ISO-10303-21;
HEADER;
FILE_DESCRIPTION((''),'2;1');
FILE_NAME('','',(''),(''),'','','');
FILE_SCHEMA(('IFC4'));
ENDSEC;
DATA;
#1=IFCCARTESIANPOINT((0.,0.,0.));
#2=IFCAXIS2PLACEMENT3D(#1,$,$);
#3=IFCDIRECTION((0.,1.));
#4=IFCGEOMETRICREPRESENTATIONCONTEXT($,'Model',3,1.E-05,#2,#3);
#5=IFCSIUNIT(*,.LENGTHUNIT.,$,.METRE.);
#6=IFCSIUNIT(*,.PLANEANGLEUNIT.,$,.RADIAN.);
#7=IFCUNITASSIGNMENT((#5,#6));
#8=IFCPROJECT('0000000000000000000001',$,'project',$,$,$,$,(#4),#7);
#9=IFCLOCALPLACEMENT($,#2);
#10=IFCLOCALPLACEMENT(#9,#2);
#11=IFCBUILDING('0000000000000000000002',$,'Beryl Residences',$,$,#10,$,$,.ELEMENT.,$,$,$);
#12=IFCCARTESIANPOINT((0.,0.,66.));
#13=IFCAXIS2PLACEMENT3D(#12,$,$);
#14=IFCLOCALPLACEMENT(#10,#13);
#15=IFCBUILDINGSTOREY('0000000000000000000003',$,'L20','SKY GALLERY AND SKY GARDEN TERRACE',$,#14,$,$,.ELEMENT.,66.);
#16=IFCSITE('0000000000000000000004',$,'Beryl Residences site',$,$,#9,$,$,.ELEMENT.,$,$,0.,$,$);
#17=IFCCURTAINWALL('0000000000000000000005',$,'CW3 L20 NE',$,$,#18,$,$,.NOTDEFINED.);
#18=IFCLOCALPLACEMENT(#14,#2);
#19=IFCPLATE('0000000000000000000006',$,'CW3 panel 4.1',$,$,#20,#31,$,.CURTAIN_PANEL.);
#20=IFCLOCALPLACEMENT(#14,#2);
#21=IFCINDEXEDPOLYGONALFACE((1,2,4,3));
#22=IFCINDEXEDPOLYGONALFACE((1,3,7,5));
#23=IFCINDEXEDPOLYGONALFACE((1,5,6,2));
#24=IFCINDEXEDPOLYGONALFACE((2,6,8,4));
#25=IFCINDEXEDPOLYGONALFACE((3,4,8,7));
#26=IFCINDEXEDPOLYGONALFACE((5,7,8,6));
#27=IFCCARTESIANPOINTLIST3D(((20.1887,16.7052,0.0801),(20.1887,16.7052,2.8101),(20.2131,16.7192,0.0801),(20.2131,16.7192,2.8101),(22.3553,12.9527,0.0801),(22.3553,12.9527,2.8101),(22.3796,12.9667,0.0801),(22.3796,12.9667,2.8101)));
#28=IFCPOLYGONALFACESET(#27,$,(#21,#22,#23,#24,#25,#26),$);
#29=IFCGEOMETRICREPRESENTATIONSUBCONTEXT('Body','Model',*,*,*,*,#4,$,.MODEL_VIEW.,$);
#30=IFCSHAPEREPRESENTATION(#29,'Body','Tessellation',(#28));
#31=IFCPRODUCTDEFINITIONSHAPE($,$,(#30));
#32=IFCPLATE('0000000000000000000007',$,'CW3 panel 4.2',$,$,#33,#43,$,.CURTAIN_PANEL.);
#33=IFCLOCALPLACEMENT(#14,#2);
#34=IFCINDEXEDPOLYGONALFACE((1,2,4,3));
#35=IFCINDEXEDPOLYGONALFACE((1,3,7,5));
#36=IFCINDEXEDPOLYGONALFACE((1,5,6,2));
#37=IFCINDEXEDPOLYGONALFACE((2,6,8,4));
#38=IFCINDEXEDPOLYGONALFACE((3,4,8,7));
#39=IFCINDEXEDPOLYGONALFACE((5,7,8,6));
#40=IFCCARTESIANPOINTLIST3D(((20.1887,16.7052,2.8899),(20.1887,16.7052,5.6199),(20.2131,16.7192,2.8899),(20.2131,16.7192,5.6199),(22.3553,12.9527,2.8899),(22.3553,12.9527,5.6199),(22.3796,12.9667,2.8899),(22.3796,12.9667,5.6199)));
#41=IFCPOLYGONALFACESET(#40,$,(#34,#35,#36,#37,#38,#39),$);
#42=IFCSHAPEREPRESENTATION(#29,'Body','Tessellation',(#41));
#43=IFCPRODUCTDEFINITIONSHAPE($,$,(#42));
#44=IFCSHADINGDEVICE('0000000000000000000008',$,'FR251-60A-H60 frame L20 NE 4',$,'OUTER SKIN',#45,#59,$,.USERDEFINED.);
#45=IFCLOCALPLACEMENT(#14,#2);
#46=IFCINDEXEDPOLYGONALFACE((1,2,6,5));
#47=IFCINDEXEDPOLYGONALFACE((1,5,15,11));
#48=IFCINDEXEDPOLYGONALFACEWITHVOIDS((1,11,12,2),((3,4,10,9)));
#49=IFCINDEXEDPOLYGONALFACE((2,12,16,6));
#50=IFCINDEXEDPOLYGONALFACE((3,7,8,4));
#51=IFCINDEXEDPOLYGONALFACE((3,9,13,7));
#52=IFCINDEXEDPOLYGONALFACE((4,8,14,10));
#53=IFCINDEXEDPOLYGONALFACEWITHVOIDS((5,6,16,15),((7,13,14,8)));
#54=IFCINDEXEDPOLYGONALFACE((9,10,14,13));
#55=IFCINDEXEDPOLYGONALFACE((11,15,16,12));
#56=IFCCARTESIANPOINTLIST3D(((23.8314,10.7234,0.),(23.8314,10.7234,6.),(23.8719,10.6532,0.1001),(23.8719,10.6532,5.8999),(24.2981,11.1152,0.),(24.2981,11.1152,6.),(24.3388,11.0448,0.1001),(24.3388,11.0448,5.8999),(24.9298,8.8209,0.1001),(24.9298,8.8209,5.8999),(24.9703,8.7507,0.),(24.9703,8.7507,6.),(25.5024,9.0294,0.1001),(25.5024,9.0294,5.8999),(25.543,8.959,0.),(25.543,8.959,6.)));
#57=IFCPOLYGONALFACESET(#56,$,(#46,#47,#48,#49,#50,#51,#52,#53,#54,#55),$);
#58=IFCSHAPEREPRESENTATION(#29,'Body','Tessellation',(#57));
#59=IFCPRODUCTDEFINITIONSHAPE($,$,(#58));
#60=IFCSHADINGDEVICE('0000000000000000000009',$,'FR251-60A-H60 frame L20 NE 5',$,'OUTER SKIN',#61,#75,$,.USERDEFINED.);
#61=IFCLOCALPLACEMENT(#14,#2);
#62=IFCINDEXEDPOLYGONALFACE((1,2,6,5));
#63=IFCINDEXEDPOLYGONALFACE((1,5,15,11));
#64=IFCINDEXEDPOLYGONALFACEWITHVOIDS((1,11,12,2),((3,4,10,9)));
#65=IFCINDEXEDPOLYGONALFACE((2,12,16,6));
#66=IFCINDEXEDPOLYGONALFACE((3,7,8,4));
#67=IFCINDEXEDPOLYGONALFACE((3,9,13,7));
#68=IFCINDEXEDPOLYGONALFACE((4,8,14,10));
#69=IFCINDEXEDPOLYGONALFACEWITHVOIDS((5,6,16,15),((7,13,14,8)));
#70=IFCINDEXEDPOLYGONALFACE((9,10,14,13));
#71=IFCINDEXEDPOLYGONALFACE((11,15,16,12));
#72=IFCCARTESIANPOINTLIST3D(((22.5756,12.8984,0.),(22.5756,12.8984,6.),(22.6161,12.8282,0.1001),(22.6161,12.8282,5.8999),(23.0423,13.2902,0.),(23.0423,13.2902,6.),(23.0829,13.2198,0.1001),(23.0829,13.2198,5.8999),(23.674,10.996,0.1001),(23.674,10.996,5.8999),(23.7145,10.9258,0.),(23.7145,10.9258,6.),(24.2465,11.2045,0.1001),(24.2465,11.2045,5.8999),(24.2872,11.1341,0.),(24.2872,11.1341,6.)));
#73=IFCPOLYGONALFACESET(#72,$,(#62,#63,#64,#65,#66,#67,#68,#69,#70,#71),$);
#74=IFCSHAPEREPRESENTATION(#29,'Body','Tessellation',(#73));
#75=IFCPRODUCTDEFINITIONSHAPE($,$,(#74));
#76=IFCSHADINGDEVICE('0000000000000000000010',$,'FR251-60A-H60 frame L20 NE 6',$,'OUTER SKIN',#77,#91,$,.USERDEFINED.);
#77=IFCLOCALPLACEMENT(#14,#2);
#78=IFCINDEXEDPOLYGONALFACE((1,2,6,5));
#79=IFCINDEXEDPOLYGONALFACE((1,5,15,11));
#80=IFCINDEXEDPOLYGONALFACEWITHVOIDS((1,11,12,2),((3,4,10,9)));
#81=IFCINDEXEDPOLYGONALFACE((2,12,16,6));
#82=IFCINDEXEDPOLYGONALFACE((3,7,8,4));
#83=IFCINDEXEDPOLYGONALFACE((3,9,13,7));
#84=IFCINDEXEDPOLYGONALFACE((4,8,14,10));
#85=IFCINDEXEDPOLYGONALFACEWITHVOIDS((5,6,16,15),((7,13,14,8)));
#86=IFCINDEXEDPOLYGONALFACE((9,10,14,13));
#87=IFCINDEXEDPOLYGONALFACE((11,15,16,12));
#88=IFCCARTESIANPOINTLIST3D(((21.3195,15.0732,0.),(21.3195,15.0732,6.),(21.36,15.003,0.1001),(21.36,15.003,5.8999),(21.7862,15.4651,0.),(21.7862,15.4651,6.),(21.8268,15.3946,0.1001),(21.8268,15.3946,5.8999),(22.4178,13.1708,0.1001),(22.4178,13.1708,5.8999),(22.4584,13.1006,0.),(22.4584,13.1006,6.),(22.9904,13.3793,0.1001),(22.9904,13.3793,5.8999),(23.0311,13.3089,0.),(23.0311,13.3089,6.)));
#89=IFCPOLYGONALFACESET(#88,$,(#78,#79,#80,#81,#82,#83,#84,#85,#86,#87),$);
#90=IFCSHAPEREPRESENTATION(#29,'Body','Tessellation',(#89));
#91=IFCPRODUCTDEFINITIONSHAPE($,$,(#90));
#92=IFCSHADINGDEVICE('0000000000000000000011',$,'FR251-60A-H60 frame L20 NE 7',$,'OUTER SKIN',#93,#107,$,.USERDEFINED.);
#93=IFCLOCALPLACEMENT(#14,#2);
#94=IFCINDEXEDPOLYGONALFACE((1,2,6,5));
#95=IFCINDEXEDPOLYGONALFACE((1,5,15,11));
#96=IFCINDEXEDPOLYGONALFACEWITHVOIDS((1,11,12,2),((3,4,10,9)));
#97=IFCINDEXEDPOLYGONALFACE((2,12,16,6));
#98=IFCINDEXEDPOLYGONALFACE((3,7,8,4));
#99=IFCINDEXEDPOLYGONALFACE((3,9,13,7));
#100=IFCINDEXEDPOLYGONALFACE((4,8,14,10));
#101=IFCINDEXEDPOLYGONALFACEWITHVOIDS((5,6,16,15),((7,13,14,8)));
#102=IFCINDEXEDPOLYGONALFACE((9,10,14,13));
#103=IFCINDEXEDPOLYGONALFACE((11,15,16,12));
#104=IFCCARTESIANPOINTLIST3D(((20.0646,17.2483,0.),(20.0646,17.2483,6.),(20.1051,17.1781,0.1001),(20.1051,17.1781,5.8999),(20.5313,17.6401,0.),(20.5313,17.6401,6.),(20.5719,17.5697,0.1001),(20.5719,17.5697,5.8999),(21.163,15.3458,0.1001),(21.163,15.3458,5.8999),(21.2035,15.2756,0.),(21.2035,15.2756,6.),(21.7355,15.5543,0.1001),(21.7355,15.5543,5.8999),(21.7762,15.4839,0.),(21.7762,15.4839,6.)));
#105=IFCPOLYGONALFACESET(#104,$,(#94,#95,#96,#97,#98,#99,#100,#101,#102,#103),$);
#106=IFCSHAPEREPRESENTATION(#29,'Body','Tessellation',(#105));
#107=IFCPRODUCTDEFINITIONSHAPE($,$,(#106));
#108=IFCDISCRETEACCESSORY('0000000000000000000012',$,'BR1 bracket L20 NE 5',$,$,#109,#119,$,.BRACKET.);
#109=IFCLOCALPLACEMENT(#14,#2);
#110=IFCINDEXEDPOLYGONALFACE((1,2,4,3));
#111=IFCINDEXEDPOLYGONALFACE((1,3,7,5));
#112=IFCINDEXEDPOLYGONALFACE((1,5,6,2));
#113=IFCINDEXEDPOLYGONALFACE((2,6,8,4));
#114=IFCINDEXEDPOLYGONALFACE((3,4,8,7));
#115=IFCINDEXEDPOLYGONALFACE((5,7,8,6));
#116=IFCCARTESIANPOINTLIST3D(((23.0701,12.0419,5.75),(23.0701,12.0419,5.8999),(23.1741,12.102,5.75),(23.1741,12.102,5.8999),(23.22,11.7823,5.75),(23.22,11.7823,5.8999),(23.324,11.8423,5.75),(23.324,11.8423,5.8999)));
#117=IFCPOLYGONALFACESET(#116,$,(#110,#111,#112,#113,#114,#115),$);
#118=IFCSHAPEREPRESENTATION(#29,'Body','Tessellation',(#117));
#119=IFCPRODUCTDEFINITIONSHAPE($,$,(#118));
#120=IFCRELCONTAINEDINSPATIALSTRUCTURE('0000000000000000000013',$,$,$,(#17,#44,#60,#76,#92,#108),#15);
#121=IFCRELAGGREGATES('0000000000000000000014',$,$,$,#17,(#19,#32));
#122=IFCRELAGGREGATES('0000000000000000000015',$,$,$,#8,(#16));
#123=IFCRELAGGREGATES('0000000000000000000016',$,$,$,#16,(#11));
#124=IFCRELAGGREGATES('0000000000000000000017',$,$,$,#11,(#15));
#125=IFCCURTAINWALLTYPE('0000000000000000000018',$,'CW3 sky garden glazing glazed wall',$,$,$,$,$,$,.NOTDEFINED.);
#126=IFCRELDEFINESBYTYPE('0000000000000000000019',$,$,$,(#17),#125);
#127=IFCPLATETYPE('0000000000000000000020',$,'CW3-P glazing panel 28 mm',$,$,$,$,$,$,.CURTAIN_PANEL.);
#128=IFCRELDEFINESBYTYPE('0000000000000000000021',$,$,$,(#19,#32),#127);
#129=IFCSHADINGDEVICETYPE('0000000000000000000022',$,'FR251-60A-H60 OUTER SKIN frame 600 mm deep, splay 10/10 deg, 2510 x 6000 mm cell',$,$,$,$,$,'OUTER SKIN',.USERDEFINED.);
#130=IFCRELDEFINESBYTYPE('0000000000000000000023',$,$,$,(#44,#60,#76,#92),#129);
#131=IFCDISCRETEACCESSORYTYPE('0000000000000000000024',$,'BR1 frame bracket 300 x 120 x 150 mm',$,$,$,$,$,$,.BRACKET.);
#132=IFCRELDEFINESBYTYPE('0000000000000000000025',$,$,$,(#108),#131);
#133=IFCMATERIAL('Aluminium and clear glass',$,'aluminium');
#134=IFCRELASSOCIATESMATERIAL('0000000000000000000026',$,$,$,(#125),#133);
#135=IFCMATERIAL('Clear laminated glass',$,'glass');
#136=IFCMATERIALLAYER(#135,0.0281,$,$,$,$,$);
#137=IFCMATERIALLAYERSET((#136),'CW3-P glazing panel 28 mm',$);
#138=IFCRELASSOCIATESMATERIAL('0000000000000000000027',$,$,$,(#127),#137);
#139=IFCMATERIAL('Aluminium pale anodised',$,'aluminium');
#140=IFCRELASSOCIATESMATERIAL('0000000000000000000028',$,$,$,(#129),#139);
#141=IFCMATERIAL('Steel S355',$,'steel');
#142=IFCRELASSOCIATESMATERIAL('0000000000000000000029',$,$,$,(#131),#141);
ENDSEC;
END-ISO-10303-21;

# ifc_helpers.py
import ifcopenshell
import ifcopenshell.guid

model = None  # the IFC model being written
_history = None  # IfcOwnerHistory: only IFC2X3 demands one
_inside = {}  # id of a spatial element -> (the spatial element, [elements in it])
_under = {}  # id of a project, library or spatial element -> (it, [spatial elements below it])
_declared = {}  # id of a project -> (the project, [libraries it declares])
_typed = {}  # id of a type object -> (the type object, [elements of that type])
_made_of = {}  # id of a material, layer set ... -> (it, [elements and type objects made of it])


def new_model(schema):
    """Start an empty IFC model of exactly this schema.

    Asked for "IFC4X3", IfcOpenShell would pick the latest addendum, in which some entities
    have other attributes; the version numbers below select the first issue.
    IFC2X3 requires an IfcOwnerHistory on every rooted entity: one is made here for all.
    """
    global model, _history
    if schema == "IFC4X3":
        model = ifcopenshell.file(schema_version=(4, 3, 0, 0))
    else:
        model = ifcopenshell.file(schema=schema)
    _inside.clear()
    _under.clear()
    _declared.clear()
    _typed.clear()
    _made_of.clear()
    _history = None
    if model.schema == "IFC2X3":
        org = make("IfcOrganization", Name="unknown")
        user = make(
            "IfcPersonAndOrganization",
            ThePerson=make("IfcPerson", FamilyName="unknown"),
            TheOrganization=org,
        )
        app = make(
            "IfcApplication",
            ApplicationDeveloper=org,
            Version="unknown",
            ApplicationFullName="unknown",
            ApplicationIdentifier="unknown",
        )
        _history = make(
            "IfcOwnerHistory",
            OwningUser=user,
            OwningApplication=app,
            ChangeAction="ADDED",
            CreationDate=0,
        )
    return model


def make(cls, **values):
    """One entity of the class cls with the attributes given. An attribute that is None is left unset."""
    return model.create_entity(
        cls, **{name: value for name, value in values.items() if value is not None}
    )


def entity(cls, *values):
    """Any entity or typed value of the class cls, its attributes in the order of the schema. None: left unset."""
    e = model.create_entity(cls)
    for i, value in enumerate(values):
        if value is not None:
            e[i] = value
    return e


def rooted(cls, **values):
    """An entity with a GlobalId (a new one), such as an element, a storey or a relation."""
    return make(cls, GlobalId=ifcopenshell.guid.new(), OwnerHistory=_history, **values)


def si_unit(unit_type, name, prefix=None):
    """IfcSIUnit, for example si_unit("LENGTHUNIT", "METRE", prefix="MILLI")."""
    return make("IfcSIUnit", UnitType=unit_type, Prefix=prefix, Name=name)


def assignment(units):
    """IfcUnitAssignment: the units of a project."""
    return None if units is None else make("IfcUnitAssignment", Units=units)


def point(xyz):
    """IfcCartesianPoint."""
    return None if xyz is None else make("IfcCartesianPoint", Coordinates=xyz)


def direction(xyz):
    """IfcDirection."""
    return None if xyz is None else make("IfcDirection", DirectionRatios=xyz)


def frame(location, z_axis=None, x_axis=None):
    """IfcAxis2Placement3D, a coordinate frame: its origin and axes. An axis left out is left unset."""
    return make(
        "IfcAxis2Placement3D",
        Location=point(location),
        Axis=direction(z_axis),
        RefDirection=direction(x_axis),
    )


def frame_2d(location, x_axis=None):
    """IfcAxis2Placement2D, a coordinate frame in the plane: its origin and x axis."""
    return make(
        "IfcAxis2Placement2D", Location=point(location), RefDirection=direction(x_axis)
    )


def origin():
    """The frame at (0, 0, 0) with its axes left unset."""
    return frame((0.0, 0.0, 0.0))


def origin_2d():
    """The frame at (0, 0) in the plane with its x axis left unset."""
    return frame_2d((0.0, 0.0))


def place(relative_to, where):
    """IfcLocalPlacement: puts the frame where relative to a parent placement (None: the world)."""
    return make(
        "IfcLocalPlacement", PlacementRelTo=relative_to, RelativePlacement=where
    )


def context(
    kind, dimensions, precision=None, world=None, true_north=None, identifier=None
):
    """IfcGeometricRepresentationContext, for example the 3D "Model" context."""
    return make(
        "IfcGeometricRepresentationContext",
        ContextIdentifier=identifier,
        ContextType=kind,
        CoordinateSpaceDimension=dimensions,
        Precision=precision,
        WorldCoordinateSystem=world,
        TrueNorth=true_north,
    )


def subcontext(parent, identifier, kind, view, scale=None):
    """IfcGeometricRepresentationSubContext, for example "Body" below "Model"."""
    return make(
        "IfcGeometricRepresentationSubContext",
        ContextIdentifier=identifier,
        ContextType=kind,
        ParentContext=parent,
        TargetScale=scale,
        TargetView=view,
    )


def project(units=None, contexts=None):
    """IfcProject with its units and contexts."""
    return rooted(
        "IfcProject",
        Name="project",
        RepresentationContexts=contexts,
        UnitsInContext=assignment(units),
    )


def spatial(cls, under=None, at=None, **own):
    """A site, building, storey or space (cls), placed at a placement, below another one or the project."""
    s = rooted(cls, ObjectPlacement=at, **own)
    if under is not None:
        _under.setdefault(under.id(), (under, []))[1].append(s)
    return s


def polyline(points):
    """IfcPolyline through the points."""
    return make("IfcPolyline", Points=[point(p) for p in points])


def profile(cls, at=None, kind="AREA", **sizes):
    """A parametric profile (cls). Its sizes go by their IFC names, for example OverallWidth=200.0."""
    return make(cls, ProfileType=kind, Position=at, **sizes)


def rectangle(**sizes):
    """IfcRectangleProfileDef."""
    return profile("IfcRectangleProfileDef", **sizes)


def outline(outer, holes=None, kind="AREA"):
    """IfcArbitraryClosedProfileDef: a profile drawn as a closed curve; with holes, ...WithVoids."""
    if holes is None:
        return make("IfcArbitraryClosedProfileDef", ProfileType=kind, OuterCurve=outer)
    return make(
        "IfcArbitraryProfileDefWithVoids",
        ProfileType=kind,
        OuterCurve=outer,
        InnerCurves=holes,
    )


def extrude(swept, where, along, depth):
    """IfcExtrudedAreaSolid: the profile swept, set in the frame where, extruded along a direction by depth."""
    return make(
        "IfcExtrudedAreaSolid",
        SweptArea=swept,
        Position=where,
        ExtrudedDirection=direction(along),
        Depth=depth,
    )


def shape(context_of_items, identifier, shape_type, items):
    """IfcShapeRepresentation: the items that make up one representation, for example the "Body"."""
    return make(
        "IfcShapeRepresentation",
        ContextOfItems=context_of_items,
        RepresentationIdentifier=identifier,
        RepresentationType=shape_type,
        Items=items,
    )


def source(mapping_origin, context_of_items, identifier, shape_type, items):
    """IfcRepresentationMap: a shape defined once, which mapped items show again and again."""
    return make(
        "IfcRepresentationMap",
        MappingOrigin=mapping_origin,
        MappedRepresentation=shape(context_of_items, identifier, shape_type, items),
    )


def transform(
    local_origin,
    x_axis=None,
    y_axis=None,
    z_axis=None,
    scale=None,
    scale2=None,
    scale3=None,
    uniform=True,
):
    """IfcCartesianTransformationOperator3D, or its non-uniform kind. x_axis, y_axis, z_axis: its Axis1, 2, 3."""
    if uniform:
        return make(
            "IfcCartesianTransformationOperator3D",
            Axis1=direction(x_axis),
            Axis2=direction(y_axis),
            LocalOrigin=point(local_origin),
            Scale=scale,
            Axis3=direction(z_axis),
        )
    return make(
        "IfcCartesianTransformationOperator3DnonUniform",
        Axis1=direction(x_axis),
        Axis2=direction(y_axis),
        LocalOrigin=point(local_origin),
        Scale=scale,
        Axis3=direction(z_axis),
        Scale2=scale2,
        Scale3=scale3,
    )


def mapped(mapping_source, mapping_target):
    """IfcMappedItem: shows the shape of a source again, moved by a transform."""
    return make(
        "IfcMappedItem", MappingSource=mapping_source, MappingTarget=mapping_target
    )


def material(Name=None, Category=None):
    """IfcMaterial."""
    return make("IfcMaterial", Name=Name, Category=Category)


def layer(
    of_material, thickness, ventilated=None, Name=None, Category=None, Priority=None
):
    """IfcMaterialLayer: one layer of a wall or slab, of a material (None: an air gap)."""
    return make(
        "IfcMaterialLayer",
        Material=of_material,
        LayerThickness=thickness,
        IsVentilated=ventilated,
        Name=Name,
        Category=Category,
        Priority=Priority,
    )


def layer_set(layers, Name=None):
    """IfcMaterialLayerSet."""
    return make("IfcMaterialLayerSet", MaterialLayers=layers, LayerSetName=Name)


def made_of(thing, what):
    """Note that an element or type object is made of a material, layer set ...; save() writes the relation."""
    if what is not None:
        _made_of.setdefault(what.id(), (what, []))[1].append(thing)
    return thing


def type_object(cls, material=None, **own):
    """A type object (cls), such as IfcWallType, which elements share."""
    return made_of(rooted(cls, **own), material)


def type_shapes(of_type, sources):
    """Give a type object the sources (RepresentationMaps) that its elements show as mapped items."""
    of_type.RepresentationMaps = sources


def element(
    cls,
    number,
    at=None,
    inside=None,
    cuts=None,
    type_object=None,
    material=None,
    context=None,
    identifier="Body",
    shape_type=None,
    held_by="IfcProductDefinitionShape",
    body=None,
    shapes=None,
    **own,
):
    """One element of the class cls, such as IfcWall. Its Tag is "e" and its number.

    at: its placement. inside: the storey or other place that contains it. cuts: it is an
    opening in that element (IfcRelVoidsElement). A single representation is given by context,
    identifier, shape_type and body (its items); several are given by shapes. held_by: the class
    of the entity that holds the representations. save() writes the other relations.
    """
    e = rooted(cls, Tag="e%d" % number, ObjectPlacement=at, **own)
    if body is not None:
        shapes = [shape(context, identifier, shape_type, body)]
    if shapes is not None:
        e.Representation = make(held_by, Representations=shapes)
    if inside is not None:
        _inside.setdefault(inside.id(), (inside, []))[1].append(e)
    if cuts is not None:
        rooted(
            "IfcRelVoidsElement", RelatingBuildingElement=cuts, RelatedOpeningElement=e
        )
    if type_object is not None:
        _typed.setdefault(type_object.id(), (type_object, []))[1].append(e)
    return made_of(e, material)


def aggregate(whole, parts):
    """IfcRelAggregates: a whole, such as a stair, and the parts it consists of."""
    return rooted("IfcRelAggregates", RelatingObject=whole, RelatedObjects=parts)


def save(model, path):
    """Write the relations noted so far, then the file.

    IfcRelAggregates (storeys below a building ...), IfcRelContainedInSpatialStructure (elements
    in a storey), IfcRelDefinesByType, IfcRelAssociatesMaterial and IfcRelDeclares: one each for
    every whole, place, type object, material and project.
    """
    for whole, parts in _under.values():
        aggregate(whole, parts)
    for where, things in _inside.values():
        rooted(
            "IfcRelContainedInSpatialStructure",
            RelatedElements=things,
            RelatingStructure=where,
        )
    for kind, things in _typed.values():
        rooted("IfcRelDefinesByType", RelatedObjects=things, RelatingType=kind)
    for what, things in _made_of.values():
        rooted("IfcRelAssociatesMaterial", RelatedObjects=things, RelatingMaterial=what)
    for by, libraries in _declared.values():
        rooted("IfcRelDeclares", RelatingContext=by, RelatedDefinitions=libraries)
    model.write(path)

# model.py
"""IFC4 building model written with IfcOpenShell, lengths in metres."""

from ifc_helpers import new_model, entity, si_unit, direction, frame, origin, origin_2d, place, context, subcontext, project, spatial, polyline, rectangle, outline, extrude, source, transform, mapped, material, layer, layer_set, type_object, type_shapes, element, aggregate, save


model = new_model("IFC4")

# Units and contexts
model_context = context("Model", 3, precision=1e-05, world=origin(), true_north=direction((0.0, 1.0)))
body_context = subcontext(model_context, "Body", "Model", "MODEL_VIEW")
ifc_project = project(units=[si_unit("LENGTHUNIT", "METRE"), si_unit("PLANEANGLEUNIT", "RADIAN")], contexts=[model_context])

# Site, building, storey
site_placement = place(None, origin())
site = spatial("IfcSite", under=ifc_project, at=site_placement, Name="Beryl Residences site", CompositionType="ELEMENT", RefElevation=0.0)
building_placement = place(site_placement, origin())
building = spatial("IfcBuilding", under=site, at=building_placement, Name="Beryl Residences", CompositionType="ELEMENT")
storey_placement = place(building_placement, frame((0.0, 0.0, 66.0)))
storey = spatial("IfcBuildingStorey", under=building, at=storey_placement, Name="L20", Description="SKY GALLERY AND SKY GARDEN TERRACE", CompositionType="ELEMENT", Elevation=66.0)

# Curtain wall, plates
ifc_material_1 = material(Name="Aluminium and clear glass", Category="aluminium")
curtain_wall_type = type_object("IfcCurtainWallType", Name="CW3 sky garden glazing glazed wall", PredefinedType="NOTDEFINED", material=ifc_material_1)
curtain_wall_placement = place(storey_placement, origin())
curtain_wall = element("IfcCurtainWall", 1, at=curtain_wall_placement, inside=storey, type_object=curtain_wall_type, Name="CW3 L20 NE", PredefinedType="NOTDEFINED")
ifc_material_2 = material(Name="Clear laminated glass", Category="glass")
ifc_layer = layer(ifc_material_2, 0.0281)
ifc_layer_set = layer_set([ifc_layer], Name="CW3-P glazing panel 28 mm")
plate_type = type_object("IfcPlateType", Name="CW3-P glazing panel 28 mm", PredefinedType="CURTAIN_PANEL", material=ifc_layer_set)
plate_1_placement = place(storey_placement, frame((21.2842, 14.8359, 0.0801), z_axis=(0.0, 0.0, 1.0), x_axis=(-0.50001, 0.86602, 0.0)))
plate_1 = element("IfcPlate", 2, at=plate_1_placement, type_object=plate_type, Name="CW3 panel 4.1", PredefinedType="CURTAIN_PANEL", context=body_context, shape_type="SweptSolid", body=[
    extrude(rectangle(XDim=4.333, YDim=0.0281, at=origin_2d()), origin(), (0.0, 0.0, 1.0), 2.73),
])
plate_2_placement = place(storey_placement, frame((21.2842, 14.8359, 2.8899), z_axis=(0.0, 0.0, 1.0), x_axis=(-0.50001, 0.86602, 0.0)))
plate_2 = element("IfcPlate", 3, at=plate_2_placement, type_object=plate_type, Name="CW3 panel 4.2", PredefinedType="CURTAIN_PANEL", context=body_context, shape_type="SweptSolid", body=[
    extrude(rectangle(XDim=4.333, YDim=0.0281, at=origin_2d()), origin(), (0.0, 0.0, 1.0), 2.73),
])
aggregate(curtain_wall, [plate_1, plate_2])

# Shading devices
ifc_material_3 = material(Name="Aluminium pale anodised", Category="aluminium")
shading_device_type = type_object("IfcShadingDeviceType", Name="FR251-60A-H60 OUTER SKIN frame 600 mm deep, splay 10/10 deg, 2510 x 6000 mm cell", ElementType="OUTER SKIN", PredefinedType="USERDEFINED", material=ifc_material_3)
cartesian_point_1 = entity("IfcCartesianPoint", [-1.1389, 0.0])
cartesian_point_2 = entity("IfcCartesianPoint", [-1.0579, 0.1001])
cartesian_point_3 = entity("IfcCartesianPoint", [-1.2449, 0.0])
cartesian_point_4 = entity("IfcCartesianPoint", [-1.1636, 0.1001])
shared_shape_1 = source(origin(), body_context, "Body", "SweptSolid", [
    entity("IfcExtrudedAreaSolidTapered", entity("IfcArbitraryProfileDefWithVoids", "AREA", None, entity("IfcPolyline", [cartesian_point_1, entity("IfcCartesianPoint", [1.1389, 0.0]), entity("IfcCartesianPoint", [1.1389, 6.0]), entity("IfcCartesianPoint", [-1.1389, 6.0]), cartesian_point_1]), [entity("IfcPolyline", [cartesian_point_2, entity("IfcCartesianPoint", [1.0579, 0.1001]), entity("IfcCartesianPoint", [1.0579, 5.8999]), entity("IfcCartesianPoint", [-1.0579, 5.8999]), cartesian_point_2])]), entity("IfcAxis2Placement3D", entity("IfcCartesianPoint", [0.0, 0.0, 0.0]), entity("IfcDirection", [0.0, 1.0, 0.0]), entity("IfcDirection", [-1.0, 0.0, 0.0])), entity("IfcDirection", [0.0, 0.0, 1.0]), 0.6001, entity("IfcArbitraryProfileDefWithVoids", "AREA", None, entity("IfcPolyline", [cartesian_point_3, entity("IfcCartesianPoint", [1.2449, 0.0]), entity("IfcCartesianPoint", [1.2449, 6.0]), entity("IfcCartesianPoint", [-1.2449, 6.0]), cartesian_point_3]), [entity("IfcPolyline", [cartesian_point_4, entity("IfcCartesianPoint", [1.1636, 0.1001]), entity("IfcCartesianPoint", [1.1636, 5.8999]), entity("IfcCartesianPoint", [-1.1636, 5.8999]), cartesian_point_4])])),
])
type_shapes(shading_device_type, [shared_shape_1])
for number, where, z_axis, x_axis, name in (
    (4, (24.4009, 9.7371, 0.0), (0.0, 0.0, 1.0), (0.5, -0.866025, 0.0), "FR251-60A-H60 frame L20 NE 4"),
    (5, (23.145, 11.9121, 0.0), (0.0, 0.0, 1.0), (0.5, -0.866025, 0.0), "FR251-60A-H60 frame L20 NE 5"),
    (6, (21.8889, 14.0869, 0.0), (0.0, 0.0, 1.0), (0.5, -0.866025, 0.0), "FR251-60A-H60 frame L20 NE 6"),
    (7, (20.634, 16.262, 0.0), (0.0, 0.0, 1.0), (0.5, -0.866025, 0.0), "FR251-60A-H60 frame L20 NE 7"),
):
    element("IfcShadingDevice", number, at=place(storey_placement, frame(where, z_axis=z_axis, x_axis=x_axis)), inside=storey, type_object=shading_device_type, Name=name, ObjectType="OUTER SKIN", PredefinedType="USERDEFINED", context=body_context, shape_type="MappedRepresentation", body=[
        mapped(shared_shape_1, transform((0.0, 0.0, 0.0))),
    ])

# Discrete accessory
ifc_material_4 = material(Name="Steel S355", Category="steel")
discrete_accessory_type = type_object("IfcDiscreteAccessoryType", Name="BR1 frame bracket 300 x 120 x 150 mm", PredefinedType="BRACKET", material=ifc_material_4)
shared_shape_2 = source(origin(), body_context, "Body", "SweptSolid", [
    extrude(outline(polyline([(-0.1499, 0.0), (0.1499, 0.0), (0.1499, 0.1201), (-0.1499, 0.1201), (-0.1499, 0.0)])), origin(), (0.0, 0.0, 1.0), 0.1499),
])
type_shapes(discrete_accessory_type, [shared_shape_2])
discrete_accessory_placement = place(storey_placement, frame((23.145, 11.9121, 5.75), z_axis=(0.0, 0.0, 1.0), x_axis=(0.5, -0.866025, 0.0)))
element("IfcDiscreteAccessory", 8, at=discrete_accessory_placement, inside=storey, type_object=discrete_accessory_type, Name="BR1 bracket L20 NE 5", PredefinedType="BRACKET", context=body_context, shape_type="MappedRepresentation", body=[
    mapped(shared_shape_2, transform((0.0, 0.0, 0.0))),
])

save(model, "model.ifc")
